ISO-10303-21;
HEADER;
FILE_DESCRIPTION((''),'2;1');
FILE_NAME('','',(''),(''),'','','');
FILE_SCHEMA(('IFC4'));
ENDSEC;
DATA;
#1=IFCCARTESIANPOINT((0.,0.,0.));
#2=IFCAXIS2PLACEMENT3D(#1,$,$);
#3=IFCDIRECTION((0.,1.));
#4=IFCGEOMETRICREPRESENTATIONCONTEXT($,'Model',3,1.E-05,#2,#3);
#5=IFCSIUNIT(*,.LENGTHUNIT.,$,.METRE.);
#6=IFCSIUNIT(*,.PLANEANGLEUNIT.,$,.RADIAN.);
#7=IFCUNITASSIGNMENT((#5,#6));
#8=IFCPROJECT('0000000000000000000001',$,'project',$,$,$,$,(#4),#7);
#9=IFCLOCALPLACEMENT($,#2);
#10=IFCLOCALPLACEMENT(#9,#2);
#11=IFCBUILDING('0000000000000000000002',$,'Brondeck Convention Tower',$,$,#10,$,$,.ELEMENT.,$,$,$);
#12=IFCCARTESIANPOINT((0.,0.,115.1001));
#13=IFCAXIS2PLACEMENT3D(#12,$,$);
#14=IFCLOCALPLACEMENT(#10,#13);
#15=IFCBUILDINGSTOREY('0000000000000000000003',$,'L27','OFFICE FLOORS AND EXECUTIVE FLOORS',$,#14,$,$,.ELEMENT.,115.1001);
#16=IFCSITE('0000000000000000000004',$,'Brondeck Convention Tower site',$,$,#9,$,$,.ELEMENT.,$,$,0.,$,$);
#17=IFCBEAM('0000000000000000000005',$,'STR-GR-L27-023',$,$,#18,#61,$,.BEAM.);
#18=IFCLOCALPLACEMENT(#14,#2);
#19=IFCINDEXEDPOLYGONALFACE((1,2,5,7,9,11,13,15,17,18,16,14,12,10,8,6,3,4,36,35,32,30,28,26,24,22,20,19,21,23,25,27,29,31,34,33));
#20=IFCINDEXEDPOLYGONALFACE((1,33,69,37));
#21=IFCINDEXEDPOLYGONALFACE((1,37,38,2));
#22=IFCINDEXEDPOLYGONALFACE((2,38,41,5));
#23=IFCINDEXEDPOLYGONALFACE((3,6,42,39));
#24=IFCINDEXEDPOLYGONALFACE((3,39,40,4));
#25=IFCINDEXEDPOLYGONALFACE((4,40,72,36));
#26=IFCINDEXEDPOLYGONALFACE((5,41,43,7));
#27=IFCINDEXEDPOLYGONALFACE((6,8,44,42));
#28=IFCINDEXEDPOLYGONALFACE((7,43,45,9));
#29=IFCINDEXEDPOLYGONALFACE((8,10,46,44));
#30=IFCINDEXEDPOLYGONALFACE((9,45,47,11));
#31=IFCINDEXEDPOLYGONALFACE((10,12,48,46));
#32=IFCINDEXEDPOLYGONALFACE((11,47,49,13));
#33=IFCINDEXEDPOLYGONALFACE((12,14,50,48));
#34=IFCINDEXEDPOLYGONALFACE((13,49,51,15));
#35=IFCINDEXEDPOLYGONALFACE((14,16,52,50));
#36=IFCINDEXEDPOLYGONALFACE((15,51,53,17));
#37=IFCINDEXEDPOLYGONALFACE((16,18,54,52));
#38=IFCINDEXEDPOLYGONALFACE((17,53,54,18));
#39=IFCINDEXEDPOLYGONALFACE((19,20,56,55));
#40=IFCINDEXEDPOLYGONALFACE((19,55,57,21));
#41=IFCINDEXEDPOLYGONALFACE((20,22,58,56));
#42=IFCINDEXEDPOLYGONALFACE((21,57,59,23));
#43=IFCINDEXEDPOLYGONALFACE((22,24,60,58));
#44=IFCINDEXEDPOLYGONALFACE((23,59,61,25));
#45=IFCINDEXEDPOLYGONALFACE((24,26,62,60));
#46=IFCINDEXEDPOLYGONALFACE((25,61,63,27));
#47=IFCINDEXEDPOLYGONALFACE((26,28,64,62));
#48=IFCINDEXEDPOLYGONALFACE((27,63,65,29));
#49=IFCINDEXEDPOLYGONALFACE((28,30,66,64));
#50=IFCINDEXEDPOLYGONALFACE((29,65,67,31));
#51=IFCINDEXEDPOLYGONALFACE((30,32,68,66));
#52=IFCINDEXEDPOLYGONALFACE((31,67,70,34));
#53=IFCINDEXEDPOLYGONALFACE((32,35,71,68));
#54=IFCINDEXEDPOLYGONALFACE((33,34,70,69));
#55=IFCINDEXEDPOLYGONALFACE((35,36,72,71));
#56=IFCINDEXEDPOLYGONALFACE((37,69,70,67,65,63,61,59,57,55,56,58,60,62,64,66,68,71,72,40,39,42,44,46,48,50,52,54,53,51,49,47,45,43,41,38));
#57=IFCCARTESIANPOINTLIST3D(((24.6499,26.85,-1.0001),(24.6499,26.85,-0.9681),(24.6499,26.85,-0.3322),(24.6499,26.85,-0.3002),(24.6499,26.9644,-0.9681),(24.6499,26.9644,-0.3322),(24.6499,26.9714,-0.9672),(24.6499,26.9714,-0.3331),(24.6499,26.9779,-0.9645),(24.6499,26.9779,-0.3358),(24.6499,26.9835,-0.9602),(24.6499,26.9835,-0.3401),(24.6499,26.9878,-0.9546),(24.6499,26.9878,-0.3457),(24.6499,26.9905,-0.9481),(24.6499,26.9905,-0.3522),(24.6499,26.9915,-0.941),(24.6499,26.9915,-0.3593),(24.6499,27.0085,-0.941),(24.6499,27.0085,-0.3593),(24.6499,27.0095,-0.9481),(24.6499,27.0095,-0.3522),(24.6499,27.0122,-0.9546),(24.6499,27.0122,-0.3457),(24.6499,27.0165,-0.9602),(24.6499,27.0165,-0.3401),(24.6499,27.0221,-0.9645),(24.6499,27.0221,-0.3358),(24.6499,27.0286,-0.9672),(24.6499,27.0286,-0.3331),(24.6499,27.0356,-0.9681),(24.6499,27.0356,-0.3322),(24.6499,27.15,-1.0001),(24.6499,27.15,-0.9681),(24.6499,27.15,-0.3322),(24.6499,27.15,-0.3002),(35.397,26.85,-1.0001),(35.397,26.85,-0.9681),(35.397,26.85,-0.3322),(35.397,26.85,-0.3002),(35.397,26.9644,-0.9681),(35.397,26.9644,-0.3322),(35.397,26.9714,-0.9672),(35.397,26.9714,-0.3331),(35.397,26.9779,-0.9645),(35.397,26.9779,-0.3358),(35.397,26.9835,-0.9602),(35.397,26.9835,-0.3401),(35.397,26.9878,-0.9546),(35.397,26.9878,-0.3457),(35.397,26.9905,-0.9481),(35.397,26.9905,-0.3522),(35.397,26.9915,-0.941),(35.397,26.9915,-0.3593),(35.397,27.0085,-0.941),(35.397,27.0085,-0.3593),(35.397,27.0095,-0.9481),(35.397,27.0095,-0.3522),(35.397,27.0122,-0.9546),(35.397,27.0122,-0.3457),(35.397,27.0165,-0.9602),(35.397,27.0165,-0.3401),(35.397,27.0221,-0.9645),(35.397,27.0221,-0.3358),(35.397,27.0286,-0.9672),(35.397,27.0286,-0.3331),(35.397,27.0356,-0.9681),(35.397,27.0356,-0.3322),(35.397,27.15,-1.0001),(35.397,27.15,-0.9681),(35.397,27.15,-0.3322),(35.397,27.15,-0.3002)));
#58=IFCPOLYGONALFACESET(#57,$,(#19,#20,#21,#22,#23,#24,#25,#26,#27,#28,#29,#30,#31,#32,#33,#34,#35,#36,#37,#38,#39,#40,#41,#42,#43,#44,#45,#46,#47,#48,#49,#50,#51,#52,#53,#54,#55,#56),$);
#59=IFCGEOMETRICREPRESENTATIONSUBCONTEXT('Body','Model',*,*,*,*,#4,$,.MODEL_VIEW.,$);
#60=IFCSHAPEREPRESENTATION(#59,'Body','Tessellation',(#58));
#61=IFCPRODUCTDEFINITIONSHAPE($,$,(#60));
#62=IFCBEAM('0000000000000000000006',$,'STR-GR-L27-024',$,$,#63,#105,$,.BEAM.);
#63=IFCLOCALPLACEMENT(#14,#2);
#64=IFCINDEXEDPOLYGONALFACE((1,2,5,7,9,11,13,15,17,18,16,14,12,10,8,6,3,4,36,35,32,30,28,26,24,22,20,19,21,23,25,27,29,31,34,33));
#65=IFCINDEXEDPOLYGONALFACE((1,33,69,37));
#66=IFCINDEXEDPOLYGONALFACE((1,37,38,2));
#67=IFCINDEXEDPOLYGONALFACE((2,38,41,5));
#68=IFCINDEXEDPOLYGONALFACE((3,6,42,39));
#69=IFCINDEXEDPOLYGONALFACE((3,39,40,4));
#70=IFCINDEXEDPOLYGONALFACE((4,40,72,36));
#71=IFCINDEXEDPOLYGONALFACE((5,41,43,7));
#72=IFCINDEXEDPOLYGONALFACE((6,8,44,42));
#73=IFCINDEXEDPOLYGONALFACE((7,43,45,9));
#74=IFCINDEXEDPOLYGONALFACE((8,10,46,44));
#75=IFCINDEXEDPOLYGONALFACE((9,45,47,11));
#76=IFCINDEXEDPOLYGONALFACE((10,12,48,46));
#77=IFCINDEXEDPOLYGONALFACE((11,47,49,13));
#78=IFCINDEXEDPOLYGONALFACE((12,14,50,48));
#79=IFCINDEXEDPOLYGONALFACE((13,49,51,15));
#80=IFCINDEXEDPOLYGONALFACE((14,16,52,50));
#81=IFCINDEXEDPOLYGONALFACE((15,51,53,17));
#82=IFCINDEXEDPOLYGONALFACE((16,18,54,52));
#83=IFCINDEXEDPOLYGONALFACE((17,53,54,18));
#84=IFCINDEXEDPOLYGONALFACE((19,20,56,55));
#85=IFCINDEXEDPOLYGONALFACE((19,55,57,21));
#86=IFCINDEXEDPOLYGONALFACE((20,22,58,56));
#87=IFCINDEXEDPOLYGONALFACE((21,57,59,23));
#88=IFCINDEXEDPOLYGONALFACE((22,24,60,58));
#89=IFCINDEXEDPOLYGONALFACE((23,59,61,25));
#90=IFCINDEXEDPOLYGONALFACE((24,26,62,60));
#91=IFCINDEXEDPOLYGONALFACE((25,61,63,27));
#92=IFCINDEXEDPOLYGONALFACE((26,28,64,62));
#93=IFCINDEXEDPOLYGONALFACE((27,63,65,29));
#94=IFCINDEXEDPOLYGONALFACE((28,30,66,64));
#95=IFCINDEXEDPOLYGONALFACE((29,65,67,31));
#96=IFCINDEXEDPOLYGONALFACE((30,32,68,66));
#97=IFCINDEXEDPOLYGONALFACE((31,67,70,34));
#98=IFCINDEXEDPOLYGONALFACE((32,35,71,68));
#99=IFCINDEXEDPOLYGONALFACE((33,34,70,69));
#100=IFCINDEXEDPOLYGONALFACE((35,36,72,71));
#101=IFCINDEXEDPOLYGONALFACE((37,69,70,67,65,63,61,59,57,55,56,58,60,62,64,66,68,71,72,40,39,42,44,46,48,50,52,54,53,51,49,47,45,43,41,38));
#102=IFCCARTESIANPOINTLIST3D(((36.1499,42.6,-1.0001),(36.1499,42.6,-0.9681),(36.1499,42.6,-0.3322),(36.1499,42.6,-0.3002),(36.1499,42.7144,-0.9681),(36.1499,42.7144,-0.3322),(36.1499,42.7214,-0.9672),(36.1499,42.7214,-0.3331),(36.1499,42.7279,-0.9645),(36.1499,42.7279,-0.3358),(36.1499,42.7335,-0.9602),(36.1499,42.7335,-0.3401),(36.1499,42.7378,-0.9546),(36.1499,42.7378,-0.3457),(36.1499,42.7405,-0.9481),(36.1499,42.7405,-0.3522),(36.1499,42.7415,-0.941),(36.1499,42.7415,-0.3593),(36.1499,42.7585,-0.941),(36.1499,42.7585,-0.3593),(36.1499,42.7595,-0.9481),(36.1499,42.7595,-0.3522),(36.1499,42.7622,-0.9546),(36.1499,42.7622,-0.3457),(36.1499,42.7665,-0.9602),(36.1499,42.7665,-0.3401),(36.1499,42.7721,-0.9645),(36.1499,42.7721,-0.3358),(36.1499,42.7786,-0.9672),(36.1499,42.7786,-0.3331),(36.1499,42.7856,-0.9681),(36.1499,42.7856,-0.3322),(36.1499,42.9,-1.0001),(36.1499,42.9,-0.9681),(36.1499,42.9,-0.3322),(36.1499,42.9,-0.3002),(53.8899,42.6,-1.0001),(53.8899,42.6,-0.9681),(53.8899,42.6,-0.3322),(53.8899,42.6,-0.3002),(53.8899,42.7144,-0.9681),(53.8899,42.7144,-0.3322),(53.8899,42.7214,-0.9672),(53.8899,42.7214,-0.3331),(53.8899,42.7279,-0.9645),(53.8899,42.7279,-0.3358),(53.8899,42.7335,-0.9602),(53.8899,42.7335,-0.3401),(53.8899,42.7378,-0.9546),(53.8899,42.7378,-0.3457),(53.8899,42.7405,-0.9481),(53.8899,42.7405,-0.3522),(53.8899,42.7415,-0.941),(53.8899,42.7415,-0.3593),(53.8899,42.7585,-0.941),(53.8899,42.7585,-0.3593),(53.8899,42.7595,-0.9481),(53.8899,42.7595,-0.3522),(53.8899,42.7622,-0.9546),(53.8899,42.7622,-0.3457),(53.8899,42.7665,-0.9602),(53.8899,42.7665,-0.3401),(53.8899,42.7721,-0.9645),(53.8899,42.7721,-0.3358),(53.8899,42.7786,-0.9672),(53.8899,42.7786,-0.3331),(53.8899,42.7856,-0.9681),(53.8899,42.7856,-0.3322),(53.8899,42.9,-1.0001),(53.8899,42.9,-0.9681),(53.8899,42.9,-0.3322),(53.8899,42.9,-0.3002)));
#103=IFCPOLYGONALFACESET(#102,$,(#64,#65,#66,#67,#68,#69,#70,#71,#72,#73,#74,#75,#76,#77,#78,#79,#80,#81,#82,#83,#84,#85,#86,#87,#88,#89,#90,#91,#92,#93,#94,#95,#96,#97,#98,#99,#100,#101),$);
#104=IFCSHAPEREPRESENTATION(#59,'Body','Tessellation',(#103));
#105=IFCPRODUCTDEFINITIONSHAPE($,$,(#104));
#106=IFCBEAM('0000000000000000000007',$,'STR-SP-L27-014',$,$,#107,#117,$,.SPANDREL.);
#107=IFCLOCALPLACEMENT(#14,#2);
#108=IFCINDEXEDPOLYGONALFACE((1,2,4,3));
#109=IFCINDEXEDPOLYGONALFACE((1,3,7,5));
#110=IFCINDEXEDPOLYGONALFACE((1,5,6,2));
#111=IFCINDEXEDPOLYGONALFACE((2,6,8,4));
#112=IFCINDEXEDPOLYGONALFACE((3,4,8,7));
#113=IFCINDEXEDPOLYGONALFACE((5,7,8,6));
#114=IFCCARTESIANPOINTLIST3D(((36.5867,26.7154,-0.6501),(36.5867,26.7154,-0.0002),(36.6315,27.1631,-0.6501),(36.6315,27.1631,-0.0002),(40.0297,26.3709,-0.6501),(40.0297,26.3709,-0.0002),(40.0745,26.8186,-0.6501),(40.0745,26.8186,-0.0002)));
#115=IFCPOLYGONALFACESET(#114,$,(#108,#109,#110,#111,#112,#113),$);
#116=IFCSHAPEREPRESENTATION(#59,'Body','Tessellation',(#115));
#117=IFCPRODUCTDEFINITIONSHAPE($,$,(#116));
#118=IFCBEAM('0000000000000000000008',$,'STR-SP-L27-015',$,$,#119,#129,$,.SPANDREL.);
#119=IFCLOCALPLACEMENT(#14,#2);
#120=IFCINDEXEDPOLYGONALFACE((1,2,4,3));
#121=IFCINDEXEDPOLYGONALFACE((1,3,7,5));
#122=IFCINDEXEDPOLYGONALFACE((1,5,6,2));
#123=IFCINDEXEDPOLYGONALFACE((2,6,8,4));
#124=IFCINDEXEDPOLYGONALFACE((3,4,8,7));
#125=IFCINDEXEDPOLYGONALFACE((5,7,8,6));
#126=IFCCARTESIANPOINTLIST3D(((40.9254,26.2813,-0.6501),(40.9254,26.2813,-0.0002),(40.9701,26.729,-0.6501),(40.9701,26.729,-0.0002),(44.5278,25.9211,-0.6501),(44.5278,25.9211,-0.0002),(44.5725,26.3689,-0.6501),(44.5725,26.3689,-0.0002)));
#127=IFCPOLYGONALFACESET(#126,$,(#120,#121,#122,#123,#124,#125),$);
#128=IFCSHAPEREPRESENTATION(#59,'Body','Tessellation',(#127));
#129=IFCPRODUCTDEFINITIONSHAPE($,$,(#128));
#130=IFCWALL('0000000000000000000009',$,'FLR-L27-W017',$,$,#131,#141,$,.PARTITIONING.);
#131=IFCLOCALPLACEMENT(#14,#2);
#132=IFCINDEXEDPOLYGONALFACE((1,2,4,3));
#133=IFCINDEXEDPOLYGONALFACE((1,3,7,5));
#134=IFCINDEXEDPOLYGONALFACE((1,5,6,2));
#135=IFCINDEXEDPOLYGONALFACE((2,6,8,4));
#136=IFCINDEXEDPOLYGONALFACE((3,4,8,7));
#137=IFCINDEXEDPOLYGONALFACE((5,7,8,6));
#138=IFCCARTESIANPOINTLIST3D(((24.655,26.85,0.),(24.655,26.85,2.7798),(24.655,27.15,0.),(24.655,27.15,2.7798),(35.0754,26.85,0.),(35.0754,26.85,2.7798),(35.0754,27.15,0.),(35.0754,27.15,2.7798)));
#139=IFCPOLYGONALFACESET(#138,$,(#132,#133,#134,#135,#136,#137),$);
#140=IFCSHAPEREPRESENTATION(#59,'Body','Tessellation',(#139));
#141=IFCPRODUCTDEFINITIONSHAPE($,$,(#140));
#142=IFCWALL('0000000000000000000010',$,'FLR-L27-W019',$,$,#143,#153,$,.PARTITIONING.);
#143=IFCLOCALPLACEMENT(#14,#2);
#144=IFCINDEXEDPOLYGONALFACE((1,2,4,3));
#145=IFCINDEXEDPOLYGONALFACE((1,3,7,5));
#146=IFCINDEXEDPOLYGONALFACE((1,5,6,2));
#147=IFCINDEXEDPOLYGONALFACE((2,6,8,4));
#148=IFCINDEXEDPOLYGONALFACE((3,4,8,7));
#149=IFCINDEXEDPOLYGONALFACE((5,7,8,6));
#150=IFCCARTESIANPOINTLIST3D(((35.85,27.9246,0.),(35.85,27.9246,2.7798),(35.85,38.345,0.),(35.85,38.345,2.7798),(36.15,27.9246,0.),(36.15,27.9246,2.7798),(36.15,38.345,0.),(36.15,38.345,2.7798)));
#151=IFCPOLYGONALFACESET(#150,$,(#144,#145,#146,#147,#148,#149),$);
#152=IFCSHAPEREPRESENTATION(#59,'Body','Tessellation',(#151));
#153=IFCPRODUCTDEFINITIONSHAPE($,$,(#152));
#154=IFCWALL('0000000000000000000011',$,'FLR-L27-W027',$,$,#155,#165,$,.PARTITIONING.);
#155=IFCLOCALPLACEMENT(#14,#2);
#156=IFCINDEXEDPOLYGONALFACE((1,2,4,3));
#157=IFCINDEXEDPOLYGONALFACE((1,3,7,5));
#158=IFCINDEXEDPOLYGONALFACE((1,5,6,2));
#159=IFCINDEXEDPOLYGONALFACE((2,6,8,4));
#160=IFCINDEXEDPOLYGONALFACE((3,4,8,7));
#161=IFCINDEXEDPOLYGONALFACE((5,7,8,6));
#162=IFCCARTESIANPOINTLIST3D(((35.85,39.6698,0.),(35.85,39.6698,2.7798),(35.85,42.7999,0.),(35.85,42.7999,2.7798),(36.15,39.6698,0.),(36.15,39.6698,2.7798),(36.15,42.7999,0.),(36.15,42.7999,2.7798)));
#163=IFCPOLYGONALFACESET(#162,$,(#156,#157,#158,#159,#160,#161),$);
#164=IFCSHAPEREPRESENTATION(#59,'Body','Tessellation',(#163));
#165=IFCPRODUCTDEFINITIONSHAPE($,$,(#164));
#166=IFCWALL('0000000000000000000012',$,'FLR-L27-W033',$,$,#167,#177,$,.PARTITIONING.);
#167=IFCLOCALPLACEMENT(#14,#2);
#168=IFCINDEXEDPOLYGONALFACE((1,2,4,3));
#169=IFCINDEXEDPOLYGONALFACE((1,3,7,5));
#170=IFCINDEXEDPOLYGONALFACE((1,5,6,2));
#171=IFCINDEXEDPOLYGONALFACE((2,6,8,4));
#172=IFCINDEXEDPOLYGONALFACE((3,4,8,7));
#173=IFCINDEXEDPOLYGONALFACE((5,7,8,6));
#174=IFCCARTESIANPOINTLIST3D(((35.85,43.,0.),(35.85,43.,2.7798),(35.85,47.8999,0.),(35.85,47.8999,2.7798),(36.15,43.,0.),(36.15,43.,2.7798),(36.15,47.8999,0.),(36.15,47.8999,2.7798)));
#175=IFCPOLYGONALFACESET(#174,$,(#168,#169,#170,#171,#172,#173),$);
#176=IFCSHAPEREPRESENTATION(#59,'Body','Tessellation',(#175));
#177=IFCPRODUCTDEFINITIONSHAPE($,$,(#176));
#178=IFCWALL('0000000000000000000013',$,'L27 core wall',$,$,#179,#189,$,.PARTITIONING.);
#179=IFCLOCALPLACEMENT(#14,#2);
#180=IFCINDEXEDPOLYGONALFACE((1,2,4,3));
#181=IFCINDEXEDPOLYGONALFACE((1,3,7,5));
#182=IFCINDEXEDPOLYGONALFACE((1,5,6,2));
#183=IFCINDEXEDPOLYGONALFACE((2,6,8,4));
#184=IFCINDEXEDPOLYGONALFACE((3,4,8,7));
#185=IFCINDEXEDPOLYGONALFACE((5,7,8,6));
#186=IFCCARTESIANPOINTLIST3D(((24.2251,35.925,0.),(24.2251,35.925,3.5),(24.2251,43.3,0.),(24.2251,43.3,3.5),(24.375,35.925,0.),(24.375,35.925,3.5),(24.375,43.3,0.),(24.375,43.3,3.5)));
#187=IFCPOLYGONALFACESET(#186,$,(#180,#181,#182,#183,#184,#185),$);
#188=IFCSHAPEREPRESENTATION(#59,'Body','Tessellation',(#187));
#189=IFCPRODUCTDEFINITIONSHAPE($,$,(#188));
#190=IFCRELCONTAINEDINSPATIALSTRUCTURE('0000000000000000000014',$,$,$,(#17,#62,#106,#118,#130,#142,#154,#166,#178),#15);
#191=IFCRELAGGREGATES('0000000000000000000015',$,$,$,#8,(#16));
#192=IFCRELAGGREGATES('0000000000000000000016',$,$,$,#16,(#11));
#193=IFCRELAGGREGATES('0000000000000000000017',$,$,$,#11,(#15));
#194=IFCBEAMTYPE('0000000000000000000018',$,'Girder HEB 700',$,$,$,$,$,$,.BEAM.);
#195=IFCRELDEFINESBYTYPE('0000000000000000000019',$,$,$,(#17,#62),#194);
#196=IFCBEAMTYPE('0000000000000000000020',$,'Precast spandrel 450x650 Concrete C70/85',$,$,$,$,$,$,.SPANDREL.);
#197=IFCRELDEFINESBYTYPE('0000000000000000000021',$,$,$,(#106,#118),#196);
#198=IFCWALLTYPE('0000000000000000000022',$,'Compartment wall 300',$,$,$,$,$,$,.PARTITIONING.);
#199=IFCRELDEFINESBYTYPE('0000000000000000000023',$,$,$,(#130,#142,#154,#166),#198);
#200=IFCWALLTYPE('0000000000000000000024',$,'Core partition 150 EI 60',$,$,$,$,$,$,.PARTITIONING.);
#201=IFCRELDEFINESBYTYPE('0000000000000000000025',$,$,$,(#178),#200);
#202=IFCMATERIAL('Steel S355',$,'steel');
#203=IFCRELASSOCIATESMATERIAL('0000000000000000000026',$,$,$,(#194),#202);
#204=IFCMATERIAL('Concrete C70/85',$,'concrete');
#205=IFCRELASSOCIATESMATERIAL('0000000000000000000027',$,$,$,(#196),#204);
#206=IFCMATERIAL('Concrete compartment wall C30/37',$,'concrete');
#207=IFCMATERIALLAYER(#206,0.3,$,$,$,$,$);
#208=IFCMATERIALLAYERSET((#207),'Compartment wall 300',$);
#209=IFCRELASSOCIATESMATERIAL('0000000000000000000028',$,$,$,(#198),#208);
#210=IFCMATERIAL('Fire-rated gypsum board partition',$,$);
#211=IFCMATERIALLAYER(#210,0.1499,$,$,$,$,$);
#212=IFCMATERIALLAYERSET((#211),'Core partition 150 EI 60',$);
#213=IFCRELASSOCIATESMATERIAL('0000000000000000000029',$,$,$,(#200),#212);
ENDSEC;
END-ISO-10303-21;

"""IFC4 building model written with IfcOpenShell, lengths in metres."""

from ifc_helpers import new_model, si_unit, direction, frame, frame_2d, origin, origin_2d, place, context, subcontext, project, spatial, rectangle, i_section, extrude, material, layer, layer_set, material_profile, profile_set, type_object, element, save


model = new_model("IFC4")

# Units and contexts
model_context = context("Model", 3, precision=1e-05, world=origin(), true_north=direction((0.0, 1.0)))
body_context = subcontext(model_context, "Body", "Model", "MODEL_VIEW")
ifc_project = project(units=[si_unit("LENGTHUNIT", "METRE"), si_unit("PLANEANGLEUNIT", "RADIAN")], contexts=[model_context])

# Site, building, storey
site_placement = place(None, origin())
site = spatial("IfcSite", under=ifc_project, at=site_placement, Name="Brondeck Convention Tower site", CompositionType="ELEMENT", RefElevation=0.0)
building_placement = place(site_placement, origin())
building = spatial("IfcBuilding", under=site, at=building_placement, Name="Brondeck Convention Tower", CompositionType="ELEMENT")
storey_placement = place(building_placement, frame((0.0, 0.0, 115.1001)))
storey = spatial("IfcBuildingStorey", under=building, at=storey_placement, Name="L27", Description="OFFICE FLOORS AND EXECUTIVE FLOORS", CompositionType="ELEMENT", Elevation=115.1001)

# Shared definitions
ifc_material_1 = material(Name="Concrete C70/85", Category="concrete")

# Beams
ifc_material_2 = material(Name="Steel S355", Category="steel")
ifc_material_profile_1 = material_profile(ifc_material_2, i_section(OverallWidth=0.3, OverallDepth=0.7, WebThickness=0.0171, FlangeThickness=0.032, FilletRadius=0.0271, at=origin_2d()), Name="HEB 700")
ifc_profile_set_1 = profile_set([ifc_material_profile_1], Name="Steel S355")
beam_type_1 = type_object("IfcBeamType", Name="Girder HEB 700", PredefinedType="BEAM", material=ifc_profile_set_1)
beam_1_placement = place(storey_placement, frame((24.6499, 27.0, -0.6501), z_axis=(1.0, 0.0, 0.0), x_axis=(0.0, 1.0, 0.0)))
element("IfcBeam", 1, at=beam_1_placement, inside=storey, type_object=beam_type_1, Name="STR-GR-L27-023", PredefinedType="BEAM", context=body_context, shape_type="SweptSolid", body=[
    extrude(i_section(OverallWidth=0.3, OverallDepth=0.7, WebThickness=0.0171, FlangeThickness=0.032, FilletRadius=0.0271, at=origin_2d()), origin(), (0.0, 0.0, 1.0), 10.7471),
])
beam_2_placement = place(storey_placement, frame((36.1499, 42.75, -0.6501), z_axis=(1.0, 0.0, 0.0), x_axis=(0.0, 1.0, 0.0)))
element("IfcBeam", 2, at=beam_2_placement, inside=storey, type_object=beam_type_1, Name="STR-GR-L27-024", PredefinedType="BEAM", context=body_context, shape_type="SweptSolid", body=[
    extrude(i_section(OverallWidth=0.3, OverallDepth=0.7, WebThickness=0.0171, FlangeThickness=0.032, FilletRadius=0.0271, at=origin_2d()), origin(), (0.0, 0.0, 1.0), 17.74),
])
ifc_material_profile_2 = material_profile(ifc_material_1, rectangle(XDim=0.45, YDim=0.6499, at=origin_2d()), Name="Precast spandrel 450x650 Concrete C70/85")
ifc_profile_set_2 = profile_set([ifc_material_profile_2], Name="Concrete C70/85")
beam_type_2 = type_object("IfcBeamType", Name="Precast spandrel 450x650 Concrete C70/85", PredefinedType="SPANDREL", material=ifc_profile_set_2)
beam_3_placement = place(storey_placement, frame((36.6091, 26.9392, -0.3252), z_axis=(0.995032, -0.099553, 0.0), x_axis=(0.099553, 0.995032, 0.0)))
element("IfcBeam", 3, at=beam_3_placement, inside=storey, type_object=beam_type_2, Name="STR-SP-L27-014", PredefinedType="SPANDREL", context=body_context, shape_type="SweptSolid", body=[
    extrude(rectangle(XDim=0.45, YDim=0.6499, at=origin_2d()), origin(), (0.0, 0.0, 1.0), 3.4602),
])
beam_4_placement = place(storey_placement, frame((40.9478, 26.5051, -0.3252), z_axis=(0.995041, -0.09947, 0.0), x_axis=(0.09947, 0.995041, 0.0)))
element("IfcBeam", 4, at=beam_4_placement, inside=storey, type_object=beam_type_2, Name="STR-SP-L27-015", PredefinedType="SPANDREL", context=body_context, shape_type="SweptSolid", body=[
    extrude(rectangle(XDim=0.45, YDim=0.6499, at=origin_2d()), origin(), (0.0, 0.0, 1.0), 3.6204),
])

# Walls
ifc_material_3 = material(Name="Concrete compartment wall C30/37", Category="concrete")
ifc_layer_1 = layer(ifc_material_3, 0.3)
ifc_layer_set_1 = layer_set([ifc_layer_1], Name="Compartment wall 300")
wall_type_1 = type_object("IfcWallType", Name="Compartment wall 300", PredefinedType="PARTITIONING", material=ifc_layer_set_1)
for number, where, z_axis, x_axis, name in (
    (5, (24.655, 27.0, 0.0), (0.0, 0.0, 1.0), (1.0, 0.0, 0.0), "FLR-L27-W017"),
    (6, (36.0, 27.9246, 0.0), (0.0, 0.0, 1.0), (0.0, 1.0, 0.0), "FLR-L27-W019"),
):
    element("IfcWall", number, at=place(storey_placement, frame(where, z_axis=z_axis, x_axis=x_axis)), inside=storey, type_object=wall_type_1, Name=name, PredefinedType="PARTITIONING", context=body_context, shape_type="SweptSolid", body=[
        extrude(rectangle(XDim=10.4204, YDim=0.3, at=frame_2d((5.2102, 0.0))), origin(), (0.0, 0.0, 1.0), 2.7798),
    ])
wall_1_placement = place(storey_placement, frame((36.0, 39.6699, 0.0), z_axis=(0.0, 0.0, 1.0), x_axis=(0.0, 1.0, 0.0)))
element("IfcWall", 7, at=wall_1_placement, inside=storey, type_object=wall_type_1, Name="FLR-L27-W027", PredefinedType="PARTITIONING", context=body_context, shape_type="SweptSolid", body=[
    extrude(rectangle(XDim=3.1301, YDim=0.3, at=frame_2d((1.5649, 0.0))), origin(), (0.0, 0.0, 1.0), 2.7798),
])
wall_2_placement = place(storey_placement, frame((36.0, 43.0, 0.0), z_axis=(0.0, 0.0, 1.0), x_axis=(0.0, 1.0, 0.0)))
element("IfcWall", 8, at=wall_2_placement, inside=storey, type_object=wall_type_1, Name="FLR-L27-W033", PredefinedType="PARTITIONING", context=body_context, shape_type="SweptSolid", body=[
    extrude(rectangle(XDim=4.8999, YDim=0.3, at=frame_2d((2.45, 0.0))), origin(), (0.0, 0.0, 1.0), 2.7798),
])
ifc_material_4 = material(Name="Fire-rated gypsum board partition")
ifc_layer_2 = layer(ifc_material_4, 0.1499)
ifc_layer_set_2 = layer_set([ifc_layer_2], Name="Core partition 150 EI 60")
wall_type_2 = type_object("IfcWallType", Name="Core partition 150 EI 60", PredefinedType="PARTITIONING", material=ifc_layer_set_2)
wall_3_placement = place(storey_placement, frame((24.3, 35.925, 0.0), z_axis=(0.0, 0.0, 1.0), x_axis=(0.0, 1.0, 0.0)))
element("IfcWall", 9, at=wall_3_placement, inside=storey, type_object=wall_type_2, Name="L27 core wall", PredefinedType="PARTITIONING", context=body_context, shape_type="SweptSolid", body=[
    extrude(rectangle(XDim=7.375, YDim=0.1499, at=frame_2d((3.6875, 0.0))), origin(), (0.0, 0.0, 1.0), 3.5),
])

save(model, "model.ifc")
